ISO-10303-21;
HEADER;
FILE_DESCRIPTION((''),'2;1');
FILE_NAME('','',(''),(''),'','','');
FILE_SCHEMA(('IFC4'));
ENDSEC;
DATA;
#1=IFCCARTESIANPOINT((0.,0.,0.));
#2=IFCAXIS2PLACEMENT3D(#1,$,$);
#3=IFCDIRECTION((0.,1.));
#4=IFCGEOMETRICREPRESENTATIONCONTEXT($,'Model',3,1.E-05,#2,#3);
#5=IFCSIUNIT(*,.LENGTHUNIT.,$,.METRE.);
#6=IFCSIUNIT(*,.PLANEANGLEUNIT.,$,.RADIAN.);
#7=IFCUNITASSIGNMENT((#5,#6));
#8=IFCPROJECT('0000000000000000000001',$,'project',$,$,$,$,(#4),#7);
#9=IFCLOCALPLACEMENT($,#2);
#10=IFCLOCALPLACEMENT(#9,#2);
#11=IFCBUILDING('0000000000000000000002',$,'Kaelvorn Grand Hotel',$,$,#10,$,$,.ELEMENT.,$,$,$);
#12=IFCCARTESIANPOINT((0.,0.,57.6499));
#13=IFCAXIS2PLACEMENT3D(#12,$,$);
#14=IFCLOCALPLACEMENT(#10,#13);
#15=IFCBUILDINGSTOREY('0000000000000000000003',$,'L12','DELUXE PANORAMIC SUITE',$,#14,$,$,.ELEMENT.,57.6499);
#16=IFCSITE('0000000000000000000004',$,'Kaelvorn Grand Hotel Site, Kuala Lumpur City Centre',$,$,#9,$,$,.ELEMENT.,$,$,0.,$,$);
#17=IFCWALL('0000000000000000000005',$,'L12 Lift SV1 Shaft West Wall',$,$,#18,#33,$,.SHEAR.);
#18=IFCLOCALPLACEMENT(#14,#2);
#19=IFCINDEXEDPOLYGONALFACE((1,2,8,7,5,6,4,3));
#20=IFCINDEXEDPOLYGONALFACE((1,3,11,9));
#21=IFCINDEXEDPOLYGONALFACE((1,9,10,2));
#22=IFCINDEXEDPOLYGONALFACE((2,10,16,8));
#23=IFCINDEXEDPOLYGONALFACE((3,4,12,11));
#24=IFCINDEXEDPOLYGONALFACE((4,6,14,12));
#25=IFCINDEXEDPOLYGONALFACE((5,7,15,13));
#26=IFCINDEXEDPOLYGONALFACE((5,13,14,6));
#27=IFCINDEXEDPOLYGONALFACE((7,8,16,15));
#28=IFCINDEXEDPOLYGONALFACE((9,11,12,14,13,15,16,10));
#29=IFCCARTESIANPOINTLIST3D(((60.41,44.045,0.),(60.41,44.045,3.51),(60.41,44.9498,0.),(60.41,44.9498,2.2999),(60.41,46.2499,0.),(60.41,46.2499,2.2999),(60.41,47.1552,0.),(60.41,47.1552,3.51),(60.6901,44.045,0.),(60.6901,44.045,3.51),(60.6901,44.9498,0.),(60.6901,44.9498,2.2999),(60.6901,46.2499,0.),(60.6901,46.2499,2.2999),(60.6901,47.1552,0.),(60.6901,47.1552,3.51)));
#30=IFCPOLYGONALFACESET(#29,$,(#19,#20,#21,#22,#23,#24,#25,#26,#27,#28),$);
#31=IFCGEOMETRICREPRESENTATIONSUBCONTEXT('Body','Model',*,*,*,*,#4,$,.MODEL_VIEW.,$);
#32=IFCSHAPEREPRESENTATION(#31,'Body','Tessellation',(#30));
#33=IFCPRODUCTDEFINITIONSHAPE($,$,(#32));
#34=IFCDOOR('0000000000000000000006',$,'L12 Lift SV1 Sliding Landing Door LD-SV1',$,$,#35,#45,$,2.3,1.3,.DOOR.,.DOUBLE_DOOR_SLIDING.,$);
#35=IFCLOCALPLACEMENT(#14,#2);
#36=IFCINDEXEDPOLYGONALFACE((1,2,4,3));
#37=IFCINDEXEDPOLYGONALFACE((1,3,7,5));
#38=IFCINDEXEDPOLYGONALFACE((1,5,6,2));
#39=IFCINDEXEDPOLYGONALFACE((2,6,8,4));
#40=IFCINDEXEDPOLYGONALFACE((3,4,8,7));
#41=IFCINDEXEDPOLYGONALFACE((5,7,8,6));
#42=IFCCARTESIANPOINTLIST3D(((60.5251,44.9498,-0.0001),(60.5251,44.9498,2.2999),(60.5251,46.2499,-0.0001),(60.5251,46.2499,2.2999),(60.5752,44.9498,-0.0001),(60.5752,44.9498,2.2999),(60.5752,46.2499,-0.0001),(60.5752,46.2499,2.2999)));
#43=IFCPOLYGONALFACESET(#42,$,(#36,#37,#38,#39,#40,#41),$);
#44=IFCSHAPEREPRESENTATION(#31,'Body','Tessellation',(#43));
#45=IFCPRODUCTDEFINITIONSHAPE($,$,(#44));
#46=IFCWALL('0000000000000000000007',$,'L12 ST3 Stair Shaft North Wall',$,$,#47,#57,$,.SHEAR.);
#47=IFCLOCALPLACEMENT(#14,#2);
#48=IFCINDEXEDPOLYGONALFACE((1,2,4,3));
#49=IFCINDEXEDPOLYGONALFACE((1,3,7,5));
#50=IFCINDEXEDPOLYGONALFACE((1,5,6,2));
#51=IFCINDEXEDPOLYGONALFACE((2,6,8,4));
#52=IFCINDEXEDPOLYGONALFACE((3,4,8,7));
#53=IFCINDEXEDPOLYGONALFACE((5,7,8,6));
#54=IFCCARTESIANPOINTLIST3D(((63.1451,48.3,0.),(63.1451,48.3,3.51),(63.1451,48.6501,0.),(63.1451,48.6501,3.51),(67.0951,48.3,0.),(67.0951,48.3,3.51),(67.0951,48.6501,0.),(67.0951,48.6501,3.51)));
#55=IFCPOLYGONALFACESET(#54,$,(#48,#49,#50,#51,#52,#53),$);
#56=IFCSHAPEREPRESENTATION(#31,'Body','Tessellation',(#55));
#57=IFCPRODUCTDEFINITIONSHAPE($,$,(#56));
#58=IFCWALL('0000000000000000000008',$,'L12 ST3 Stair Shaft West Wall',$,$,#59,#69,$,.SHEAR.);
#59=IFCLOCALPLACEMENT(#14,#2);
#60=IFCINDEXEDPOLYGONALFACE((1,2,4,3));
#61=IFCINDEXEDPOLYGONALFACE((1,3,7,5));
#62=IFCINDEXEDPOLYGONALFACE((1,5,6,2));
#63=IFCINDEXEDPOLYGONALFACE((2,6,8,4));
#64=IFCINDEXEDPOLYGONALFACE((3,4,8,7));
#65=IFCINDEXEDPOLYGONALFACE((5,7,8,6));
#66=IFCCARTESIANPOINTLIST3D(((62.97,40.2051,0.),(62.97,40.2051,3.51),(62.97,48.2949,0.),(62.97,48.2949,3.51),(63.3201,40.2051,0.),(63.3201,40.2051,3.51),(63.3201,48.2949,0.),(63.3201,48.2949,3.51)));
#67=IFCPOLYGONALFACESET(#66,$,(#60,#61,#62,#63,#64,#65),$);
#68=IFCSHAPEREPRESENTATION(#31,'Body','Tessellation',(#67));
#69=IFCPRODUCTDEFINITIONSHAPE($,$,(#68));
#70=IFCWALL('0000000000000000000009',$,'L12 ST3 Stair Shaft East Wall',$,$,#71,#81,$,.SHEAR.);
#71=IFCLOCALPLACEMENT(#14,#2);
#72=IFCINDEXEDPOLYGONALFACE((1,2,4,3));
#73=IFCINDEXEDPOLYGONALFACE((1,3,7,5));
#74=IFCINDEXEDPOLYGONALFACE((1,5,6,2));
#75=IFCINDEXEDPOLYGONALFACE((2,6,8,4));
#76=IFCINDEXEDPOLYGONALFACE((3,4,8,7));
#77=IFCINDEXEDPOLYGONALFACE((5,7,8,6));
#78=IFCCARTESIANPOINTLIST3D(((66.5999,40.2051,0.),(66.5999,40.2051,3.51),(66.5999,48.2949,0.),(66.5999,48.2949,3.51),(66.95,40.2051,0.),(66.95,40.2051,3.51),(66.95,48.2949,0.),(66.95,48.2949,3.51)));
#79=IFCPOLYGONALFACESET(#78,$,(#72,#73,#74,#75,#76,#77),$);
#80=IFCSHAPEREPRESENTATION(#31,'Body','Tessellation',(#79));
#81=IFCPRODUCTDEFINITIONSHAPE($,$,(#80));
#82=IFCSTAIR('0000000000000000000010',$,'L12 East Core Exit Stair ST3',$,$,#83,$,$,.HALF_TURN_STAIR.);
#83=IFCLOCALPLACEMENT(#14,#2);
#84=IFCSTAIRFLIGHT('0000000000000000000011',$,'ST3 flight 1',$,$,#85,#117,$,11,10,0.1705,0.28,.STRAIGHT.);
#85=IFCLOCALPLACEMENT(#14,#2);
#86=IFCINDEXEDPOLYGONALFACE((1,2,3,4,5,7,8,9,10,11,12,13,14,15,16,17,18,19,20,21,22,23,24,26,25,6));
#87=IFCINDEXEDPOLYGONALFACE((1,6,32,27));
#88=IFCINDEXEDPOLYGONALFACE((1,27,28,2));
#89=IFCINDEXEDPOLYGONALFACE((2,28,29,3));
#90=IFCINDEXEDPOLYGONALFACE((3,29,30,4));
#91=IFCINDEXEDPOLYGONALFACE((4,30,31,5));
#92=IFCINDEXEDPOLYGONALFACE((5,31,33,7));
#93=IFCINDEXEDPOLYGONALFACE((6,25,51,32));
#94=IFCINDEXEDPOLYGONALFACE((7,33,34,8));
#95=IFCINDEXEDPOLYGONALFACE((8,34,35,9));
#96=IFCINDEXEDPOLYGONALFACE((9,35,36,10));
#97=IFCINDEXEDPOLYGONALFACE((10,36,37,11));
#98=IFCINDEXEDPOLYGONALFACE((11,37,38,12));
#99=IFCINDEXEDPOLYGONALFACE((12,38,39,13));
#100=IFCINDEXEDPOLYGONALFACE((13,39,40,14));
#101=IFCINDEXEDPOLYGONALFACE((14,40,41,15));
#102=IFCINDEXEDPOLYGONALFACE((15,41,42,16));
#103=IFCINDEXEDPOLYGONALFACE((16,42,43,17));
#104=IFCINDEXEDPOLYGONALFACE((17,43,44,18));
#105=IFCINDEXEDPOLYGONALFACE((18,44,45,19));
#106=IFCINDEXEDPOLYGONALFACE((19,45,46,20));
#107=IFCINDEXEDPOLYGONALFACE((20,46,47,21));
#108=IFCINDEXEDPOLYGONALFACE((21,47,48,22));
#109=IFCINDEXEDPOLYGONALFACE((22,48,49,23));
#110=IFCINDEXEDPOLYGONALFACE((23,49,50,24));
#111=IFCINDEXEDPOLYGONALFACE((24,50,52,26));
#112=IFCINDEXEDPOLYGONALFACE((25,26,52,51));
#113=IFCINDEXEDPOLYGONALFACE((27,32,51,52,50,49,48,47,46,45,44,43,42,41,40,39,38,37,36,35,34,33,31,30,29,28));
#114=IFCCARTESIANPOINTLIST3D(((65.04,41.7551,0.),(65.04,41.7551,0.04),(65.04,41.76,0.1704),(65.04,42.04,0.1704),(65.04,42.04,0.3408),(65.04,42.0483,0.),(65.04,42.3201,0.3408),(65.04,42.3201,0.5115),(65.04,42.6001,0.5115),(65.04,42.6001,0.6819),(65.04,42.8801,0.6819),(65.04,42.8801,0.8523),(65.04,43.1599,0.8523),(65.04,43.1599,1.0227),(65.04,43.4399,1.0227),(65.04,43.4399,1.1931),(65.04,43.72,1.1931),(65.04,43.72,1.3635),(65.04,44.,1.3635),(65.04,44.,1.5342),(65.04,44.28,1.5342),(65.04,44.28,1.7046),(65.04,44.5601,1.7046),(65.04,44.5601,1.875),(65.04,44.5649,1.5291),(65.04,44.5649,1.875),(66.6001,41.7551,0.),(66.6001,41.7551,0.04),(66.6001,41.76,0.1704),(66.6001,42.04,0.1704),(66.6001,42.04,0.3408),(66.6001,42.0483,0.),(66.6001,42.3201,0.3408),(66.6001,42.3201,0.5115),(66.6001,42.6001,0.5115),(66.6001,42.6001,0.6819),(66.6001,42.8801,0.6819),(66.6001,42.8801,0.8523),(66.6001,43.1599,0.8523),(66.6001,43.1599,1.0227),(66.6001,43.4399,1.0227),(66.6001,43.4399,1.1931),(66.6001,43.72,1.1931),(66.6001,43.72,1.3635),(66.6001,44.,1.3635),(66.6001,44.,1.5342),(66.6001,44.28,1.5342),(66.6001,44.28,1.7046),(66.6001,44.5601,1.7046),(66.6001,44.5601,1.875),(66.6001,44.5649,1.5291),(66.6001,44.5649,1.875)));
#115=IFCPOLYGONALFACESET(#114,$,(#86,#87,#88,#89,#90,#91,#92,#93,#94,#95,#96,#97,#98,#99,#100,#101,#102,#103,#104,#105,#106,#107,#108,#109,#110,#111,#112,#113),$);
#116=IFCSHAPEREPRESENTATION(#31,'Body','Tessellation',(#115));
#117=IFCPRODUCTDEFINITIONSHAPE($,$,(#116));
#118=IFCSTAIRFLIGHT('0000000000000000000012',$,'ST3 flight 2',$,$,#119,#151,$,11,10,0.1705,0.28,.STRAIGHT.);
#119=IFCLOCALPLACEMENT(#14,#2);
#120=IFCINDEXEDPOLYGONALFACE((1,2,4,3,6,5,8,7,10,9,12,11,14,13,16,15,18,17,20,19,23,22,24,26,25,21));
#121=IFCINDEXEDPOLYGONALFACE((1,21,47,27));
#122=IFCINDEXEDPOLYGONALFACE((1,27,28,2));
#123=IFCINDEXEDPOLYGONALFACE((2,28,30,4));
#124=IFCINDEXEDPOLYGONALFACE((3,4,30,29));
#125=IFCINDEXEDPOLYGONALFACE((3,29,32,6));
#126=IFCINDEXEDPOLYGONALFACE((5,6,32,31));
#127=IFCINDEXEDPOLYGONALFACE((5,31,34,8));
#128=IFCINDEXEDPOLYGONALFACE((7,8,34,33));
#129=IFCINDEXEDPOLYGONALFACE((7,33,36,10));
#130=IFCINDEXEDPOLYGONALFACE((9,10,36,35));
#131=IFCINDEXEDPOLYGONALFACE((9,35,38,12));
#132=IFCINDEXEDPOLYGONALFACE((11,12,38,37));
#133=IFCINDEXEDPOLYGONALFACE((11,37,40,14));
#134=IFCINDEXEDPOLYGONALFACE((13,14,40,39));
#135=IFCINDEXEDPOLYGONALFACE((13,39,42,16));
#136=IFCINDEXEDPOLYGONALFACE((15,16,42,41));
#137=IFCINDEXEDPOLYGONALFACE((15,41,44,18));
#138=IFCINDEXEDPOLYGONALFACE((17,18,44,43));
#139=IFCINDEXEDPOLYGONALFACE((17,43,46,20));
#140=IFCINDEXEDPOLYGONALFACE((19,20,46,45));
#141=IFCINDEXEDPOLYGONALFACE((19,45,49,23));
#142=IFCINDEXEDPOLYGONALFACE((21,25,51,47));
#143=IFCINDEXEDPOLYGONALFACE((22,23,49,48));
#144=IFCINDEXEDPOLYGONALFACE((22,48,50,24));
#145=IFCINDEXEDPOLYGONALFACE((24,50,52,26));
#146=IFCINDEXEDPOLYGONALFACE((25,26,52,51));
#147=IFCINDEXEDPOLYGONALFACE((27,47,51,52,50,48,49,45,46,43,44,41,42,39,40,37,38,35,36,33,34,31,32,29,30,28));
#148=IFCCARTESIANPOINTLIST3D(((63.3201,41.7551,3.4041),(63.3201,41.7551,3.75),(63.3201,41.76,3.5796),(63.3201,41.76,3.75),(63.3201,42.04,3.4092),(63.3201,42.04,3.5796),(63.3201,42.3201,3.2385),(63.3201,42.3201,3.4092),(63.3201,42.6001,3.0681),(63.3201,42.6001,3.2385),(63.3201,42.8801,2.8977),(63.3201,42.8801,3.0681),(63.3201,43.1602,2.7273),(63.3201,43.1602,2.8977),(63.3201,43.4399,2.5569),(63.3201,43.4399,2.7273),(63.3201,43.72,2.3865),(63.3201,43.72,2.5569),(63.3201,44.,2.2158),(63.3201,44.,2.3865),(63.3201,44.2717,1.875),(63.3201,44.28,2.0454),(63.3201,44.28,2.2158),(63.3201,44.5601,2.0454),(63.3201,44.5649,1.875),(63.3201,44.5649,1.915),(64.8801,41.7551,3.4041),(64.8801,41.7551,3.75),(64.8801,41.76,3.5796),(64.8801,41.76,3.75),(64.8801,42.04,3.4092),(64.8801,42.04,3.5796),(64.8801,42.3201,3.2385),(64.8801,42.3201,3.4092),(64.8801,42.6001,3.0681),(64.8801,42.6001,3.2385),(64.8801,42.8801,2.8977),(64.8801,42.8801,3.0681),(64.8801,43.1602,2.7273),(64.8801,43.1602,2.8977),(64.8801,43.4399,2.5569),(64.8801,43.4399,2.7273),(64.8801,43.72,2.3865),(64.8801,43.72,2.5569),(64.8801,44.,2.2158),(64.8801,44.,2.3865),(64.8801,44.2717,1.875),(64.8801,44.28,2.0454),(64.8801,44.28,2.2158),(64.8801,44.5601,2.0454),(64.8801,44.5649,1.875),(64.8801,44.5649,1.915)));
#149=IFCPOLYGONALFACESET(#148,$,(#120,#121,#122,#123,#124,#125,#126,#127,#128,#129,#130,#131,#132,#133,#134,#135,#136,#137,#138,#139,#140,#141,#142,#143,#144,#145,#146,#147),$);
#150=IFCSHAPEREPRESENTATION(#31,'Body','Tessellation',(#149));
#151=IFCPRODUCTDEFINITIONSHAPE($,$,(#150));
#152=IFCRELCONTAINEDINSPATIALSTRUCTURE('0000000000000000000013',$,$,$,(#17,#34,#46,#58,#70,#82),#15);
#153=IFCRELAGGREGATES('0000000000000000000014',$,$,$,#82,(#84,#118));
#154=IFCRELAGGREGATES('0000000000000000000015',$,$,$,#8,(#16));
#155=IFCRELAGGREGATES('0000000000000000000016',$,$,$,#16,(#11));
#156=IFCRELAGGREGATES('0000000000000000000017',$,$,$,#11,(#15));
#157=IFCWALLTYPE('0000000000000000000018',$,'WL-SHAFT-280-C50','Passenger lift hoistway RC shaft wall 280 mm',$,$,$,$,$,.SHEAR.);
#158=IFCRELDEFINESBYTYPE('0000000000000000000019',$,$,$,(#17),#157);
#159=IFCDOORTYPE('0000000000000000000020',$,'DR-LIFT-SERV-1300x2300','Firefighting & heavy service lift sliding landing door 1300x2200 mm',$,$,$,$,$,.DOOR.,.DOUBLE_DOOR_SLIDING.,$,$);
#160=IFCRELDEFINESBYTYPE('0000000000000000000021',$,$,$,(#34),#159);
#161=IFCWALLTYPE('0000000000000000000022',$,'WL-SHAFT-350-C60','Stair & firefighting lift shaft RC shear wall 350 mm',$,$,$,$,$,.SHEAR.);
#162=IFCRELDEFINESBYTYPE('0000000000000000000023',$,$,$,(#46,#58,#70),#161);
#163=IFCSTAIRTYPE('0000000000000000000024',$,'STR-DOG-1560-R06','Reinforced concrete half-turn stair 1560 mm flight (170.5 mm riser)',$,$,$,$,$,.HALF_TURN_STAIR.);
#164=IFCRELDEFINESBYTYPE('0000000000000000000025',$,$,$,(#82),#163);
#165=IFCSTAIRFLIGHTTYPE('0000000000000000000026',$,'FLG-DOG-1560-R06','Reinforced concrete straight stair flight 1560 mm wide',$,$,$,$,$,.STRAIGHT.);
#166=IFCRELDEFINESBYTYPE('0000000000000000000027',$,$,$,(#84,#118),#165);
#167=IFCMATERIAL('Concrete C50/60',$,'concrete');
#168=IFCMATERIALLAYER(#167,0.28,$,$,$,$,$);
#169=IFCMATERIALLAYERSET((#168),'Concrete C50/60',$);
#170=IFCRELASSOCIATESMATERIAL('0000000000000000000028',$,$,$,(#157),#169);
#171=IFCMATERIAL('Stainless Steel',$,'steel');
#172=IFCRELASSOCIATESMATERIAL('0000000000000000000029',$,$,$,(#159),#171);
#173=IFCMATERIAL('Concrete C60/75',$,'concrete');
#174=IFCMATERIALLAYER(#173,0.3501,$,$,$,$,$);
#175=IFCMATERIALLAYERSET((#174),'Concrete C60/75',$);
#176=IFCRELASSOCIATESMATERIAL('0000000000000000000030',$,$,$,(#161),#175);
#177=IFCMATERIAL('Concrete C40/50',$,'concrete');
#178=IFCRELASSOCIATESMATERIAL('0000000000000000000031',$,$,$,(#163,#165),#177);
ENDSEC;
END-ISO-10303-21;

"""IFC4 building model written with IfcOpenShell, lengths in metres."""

from ifc_helpers import new_model, si_unit, direction, frame, frame_2d, origin, place, context, subcontext, project, spatial, polyline, rectangle, outline, extrude, material, layer, layer_set, type_object, element, fill, aggregate, save


model = new_model("IFC4")

# Units and contexts
model_context = context("Model", 3, precision=1e-05, world=origin(), true_north=direction((0.0, 1.0)))
body_context = subcontext(model_context, "Body", "Model", "MODEL_VIEW")
ifc_project = project(units=[si_unit("LENGTHUNIT", "METRE"), si_unit("PLANEANGLEUNIT", "RADIAN")], contexts=[model_context])

# Site, building, storey
site_placement = place(None, origin())
site = spatial("IfcSite", under=ifc_project, at=site_placement, Name="Kaelvorn Grand Hotel Site, Kuala Lumpur City Centre", CompositionType="ELEMENT", RefElevation=0.0)
building_placement = place(site_placement, origin())
building = spatial("IfcBuilding", under=site, at=building_placement, Name="Kaelvorn Grand Hotel", CompositionType="ELEMENT")
storey_placement = place(building_placement, frame((0.0, 0.0, 57.6499)))
storey = spatial("IfcBuildingStorey", under=building, at=storey_placement, Name="L12", Description="DELUXE PANORAMIC SUITE", CompositionType="ELEMENT", Elevation=57.6499)

# Shared definitions
ifc_material_1 = material(Name="Concrete C60/75", Category="concrete")

# Shared definitions
ifc_material_2 = material(Name="Concrete C40/50", Category="concrete")
ifc_material_3 = material(Name="Concrete C50/60", Category="concrete")
ifc_layer_1 = layer(ifc_material_3, 0.28)
ifc_layer_set_1 = layer_set([ifc_layer_1], Name="Concrete C50/60")
wall_type_1 = type_object("IfcWallType", Name="WL-SHAFT-280-C50", Description="Passenger lift hoistway RC shaft wall 280 mm", PredefinedType="SHEAR", material=ifc_layer_set_1)

# Wall, opening, door
wall_1_placement = place(storey_placement, frame((60.55, 44.0449, 0.0), z_axis=(0.0, 0.0, 1.0), x_axis=(0.0, 1.0, 0.0)))
wall_1 = element("IfcWall", 1, at=wall_1_placement, inside=storey, type_object=wall_type_1, Name="L12 Lift SV1 Shaft West Wall", PredefinedType="SHEAR", context=body_context, shape_type="SweptSolid", body=[
    extrude(rectangle(XDim=3.1101, YDim=0.28, at=frame_2d((1.5552, 0.0))), origin(), (0.0, 0.0, 1.0), 3.51),
])
opening_1_placement = place(wall_1_placement, frame((0.905, 0.0, 0.0)))
opening_1 = element("IfcOpeningElement", 2, at=opening_1_placement, cuts=wall_1, PredefinedType="OPENING", context=body_context, shape_type="SweptSolid", body=[
    extrude(rectangle(XDim=1.3, YDim=2.3, at=frame_2d((0.6499, 1.1499))), frame((0.0, 0.1499, 0.0), z_axis=(0.0, -1.0, 0.0), x_axis=(1.0, 0.0, 0.0)), (0.0, 0.0, 1.0), 0.3),
])
ifc_material_4 = material(Name="Stainless Steel", Category="steel")
door_type_1 = type_object("IfcDoorType", Name="DR-LIFT-SERV-1300x2300", Description="Firefighting & heavy service lift sliding landing door 1300x2200 mm", OperationType="DOUBLE_DOOR_SLIDING", PredefinedType="DOOR", material=ifc_material_4)
door_1_placement = place(opening_1_placement, origin())
door_1 = element("IfcDoor", 3, at=door_1_placement, inside=storey, type_object=door_type_1, Name="L12 Lift SV1 Sliding Landing Door LD-SV1", OperationType="DOUBLE_DOOR_SLIDING", OverallHeight=2.3, OverallWidth=1.3, PredefinedType="DOOR", context=body_context, shape_type="SweptSolid", body=[
    extrude(rectangle(XDim=1.3, YDim=2.3, at=frame_2d((0.6499, 1.1499))), frame((0.0, 0.0249, 0.0), z_axis=(0.0, -1.0, 0.0), x_axis=(1.0, 0.0, 0.0)), (0.0, 0.0, 1.0), 0.05),
])
fill(opening_1, door_1)
ifc_layer_2 = layer(ifc_material_1, 0.3501)
ifc_layer_set_2 = layer_set([ifc_layer_2], Name="Concrete C60/75")
wall_type_2 = type_object("IfcWallType", Name="WL-SHAFT-350-C60", Description="Stair & firefighting lift shaft RC shear wall 350 mm", PredefinedType="SHEAR", material=ifc_layer_set_2)

# Walls
wall_2_placement = place(storey_placement, frame((63.145, 48.4751, 0.0), z_axis=(0.0, 0.0, 1.0), x_axis=(1.0, 0.0, 0.0)))
element("IfcWall", 4, at=wall_2_placement, inside=storey, type_object=wall_type_2, Name="L12 ST3 Stair Shaft North Wall", PredefinedType="SHEAR", context=body_context, shape_type="SweptSolid", body=[
    extrude(rectangle(XDim=3.95, YDim=0.3501, at=frame_2d((1.9751, 0.0))), origin(), (0.0, 0.0, 1.0), 3.51),
])
for number, where, z_axis, x_axis, name in (
    (5, (63.145, 40.2051, 0.0), (0.0, 0.0, 1.0), (0.0, 1.0, 0.0), "L12 ST3 Stair Shaft West Wall"),
    (6, (66.7749, 40.2051, 0.0), (0.0, 0.0, 1.0), (0.0, 1.0, 0.0), "L12 ST3 Stair Shaft East Wall"),
):
    element("IfcWall", number, at=place(storey_placement, frame(where, z_axis=z_axis, x_axis=x_axis)), inside=storey, type_object=wall_type_2, Name=name, PredefinedType="SHEAR", context=body_context, shape_type="SweptSolid", body=[
        extrude(rectangle(XDim=8.0898, YDim=0.3501, at=frame_2d((4.0449, 0.0))), origin(), (0.0, 0.0, 1.0), 3.51),
    ])

# Stair, stair flights
stair_type = type_object("IfcStairType", Name="STR-DOG-1560-R06", Description="Reinforced concrete half-turn stair 1560 mm flight (170.5 mm riser)", PredefinedType="HALF_TURN_STAIR", material=ifc_material_2)
stair_placement = place(storey_placement, origin())
stair = element("IfcStair", 7, at=stair_placement, inside=storey, type_object=stair_type, Name="L12 East Core Exit Stair ST3", PredefinedType="HALF_TURN_STAIR")
stair_flight_type = type_object("IfcStairFlightType", Name="FLG-DOG-1560-R06", Description="Reinforced concrete straight stair flight 1560 mm wide", PredefinedType="STRAIGHT", material=ifc_material_2)
stair_flight_1_placement = place(storey_placement, frame((65.8201, 41.76, 0.0), z_axis=(0.0, 0.0, 1.0), x_axis=(0.0, 1.0, 0.0)))
stair_flight_1 = element("IfcStairFlight", 8, at=stair_flight_1_placement, type_object=stair_flight_type, Name="ST3 flight 1", NumberOfRisers=11, NumberOfTreads=10, PredefinedType="STRAIGHT", RiserHeight=0.1705, TreadLength=0.28, context=body_context, shape_type="SweptSolid", body=[
    extrude(outline(polyline([(-0.0049, 0.0), (-0.0049, 0.04), (0.0, 0.1704), (0.28, 0.1704), (0.28, 0.3408), (0.5601, 0.3408), (0.5601, 0.5115), (0.8401, 0.5115), (0.8401, 0.6819), (1.1201, 0.6819), (1.1201, 0.8523), (1.3999, 0.8523), (1.3999, 1.0227), (1.6799, 1.0227), (1.6799, 1.1931), (1.96, 1.1931), (1.96, 1.3635), (2.24, 1.3635), (2.24, 1.5342), (2.52, 1.5342), (2.52, 1.7046), (2.8, 1.7046), (2.8, 1.875), (2.8049, 1.875), (2.8049, 1.5291), (0.2883, 0.0), (-0.0049, 0.0)])), frame((0.0, 0.78, 0.0), z_axis=(0.0, -1.0, 0.0), x_axis=(1.0, 0.0, 0.0)), (0.0, 0.0, 1.0), 1.5601),
])
stair_flight_2_placement = place(storey_placement, frame((64.1001, 44.5601, 1.875), z_axis=(0.0, 0.0, 1.0), x_axis=(0.0, -1.0, 0.0)))
stair_flight_2 = element("IfcStairFlight", 9, at=stair_flight_2_placement, type_object=stair_flight_type, Name="ST3 flight 2", NumberOfRisers=11, NumberOfTreads=10, PredefinedType="STRAIGHT", RiserHeight=0.1705, TreadLength=0.28, context=body_context, shape_type="SweptSolid", body=[
    extrude(outline(polyline([(-0.0049, 0.0), (-0.0049, 0.04), (0.0, 0.1704), (0.28, 0.1704), (0.28, 0.3408), (0.5601, 0.3408), (0.5601, 0.5115), (0.8401, 0.5115), (0.8401, 0.6819), (1.1201, 0.6819), (1.1201, 0.8523), (1.3999, 0.8523), (1.3999, 1.0227), (1.6799, 1.0227), (1.6799, 1.1931), (1.96, 1.1931), (1.96, 1.3635), (2.24, 1.3635), (2.24, 1.5342), (2.52, 1.5342), (2.52, 1.7046), (2.8, 1.7046), (2.8, 1.875), (2.8049, 1.875), (2.8049, 1.5291), (0.2883, 0.0), (-0.0049, 0.0)])), frame((0.0, 0.78, 0.0), z_axis=(0.0, -1.0, 0.0), x_axis=(1.0, 0.0, 0.0)), (0.0, 0.0, 1.0), 1.5601),
])
aggregate(stair, [stair_flight_1, stair_flight_2])

save(model, "model.ifc")
